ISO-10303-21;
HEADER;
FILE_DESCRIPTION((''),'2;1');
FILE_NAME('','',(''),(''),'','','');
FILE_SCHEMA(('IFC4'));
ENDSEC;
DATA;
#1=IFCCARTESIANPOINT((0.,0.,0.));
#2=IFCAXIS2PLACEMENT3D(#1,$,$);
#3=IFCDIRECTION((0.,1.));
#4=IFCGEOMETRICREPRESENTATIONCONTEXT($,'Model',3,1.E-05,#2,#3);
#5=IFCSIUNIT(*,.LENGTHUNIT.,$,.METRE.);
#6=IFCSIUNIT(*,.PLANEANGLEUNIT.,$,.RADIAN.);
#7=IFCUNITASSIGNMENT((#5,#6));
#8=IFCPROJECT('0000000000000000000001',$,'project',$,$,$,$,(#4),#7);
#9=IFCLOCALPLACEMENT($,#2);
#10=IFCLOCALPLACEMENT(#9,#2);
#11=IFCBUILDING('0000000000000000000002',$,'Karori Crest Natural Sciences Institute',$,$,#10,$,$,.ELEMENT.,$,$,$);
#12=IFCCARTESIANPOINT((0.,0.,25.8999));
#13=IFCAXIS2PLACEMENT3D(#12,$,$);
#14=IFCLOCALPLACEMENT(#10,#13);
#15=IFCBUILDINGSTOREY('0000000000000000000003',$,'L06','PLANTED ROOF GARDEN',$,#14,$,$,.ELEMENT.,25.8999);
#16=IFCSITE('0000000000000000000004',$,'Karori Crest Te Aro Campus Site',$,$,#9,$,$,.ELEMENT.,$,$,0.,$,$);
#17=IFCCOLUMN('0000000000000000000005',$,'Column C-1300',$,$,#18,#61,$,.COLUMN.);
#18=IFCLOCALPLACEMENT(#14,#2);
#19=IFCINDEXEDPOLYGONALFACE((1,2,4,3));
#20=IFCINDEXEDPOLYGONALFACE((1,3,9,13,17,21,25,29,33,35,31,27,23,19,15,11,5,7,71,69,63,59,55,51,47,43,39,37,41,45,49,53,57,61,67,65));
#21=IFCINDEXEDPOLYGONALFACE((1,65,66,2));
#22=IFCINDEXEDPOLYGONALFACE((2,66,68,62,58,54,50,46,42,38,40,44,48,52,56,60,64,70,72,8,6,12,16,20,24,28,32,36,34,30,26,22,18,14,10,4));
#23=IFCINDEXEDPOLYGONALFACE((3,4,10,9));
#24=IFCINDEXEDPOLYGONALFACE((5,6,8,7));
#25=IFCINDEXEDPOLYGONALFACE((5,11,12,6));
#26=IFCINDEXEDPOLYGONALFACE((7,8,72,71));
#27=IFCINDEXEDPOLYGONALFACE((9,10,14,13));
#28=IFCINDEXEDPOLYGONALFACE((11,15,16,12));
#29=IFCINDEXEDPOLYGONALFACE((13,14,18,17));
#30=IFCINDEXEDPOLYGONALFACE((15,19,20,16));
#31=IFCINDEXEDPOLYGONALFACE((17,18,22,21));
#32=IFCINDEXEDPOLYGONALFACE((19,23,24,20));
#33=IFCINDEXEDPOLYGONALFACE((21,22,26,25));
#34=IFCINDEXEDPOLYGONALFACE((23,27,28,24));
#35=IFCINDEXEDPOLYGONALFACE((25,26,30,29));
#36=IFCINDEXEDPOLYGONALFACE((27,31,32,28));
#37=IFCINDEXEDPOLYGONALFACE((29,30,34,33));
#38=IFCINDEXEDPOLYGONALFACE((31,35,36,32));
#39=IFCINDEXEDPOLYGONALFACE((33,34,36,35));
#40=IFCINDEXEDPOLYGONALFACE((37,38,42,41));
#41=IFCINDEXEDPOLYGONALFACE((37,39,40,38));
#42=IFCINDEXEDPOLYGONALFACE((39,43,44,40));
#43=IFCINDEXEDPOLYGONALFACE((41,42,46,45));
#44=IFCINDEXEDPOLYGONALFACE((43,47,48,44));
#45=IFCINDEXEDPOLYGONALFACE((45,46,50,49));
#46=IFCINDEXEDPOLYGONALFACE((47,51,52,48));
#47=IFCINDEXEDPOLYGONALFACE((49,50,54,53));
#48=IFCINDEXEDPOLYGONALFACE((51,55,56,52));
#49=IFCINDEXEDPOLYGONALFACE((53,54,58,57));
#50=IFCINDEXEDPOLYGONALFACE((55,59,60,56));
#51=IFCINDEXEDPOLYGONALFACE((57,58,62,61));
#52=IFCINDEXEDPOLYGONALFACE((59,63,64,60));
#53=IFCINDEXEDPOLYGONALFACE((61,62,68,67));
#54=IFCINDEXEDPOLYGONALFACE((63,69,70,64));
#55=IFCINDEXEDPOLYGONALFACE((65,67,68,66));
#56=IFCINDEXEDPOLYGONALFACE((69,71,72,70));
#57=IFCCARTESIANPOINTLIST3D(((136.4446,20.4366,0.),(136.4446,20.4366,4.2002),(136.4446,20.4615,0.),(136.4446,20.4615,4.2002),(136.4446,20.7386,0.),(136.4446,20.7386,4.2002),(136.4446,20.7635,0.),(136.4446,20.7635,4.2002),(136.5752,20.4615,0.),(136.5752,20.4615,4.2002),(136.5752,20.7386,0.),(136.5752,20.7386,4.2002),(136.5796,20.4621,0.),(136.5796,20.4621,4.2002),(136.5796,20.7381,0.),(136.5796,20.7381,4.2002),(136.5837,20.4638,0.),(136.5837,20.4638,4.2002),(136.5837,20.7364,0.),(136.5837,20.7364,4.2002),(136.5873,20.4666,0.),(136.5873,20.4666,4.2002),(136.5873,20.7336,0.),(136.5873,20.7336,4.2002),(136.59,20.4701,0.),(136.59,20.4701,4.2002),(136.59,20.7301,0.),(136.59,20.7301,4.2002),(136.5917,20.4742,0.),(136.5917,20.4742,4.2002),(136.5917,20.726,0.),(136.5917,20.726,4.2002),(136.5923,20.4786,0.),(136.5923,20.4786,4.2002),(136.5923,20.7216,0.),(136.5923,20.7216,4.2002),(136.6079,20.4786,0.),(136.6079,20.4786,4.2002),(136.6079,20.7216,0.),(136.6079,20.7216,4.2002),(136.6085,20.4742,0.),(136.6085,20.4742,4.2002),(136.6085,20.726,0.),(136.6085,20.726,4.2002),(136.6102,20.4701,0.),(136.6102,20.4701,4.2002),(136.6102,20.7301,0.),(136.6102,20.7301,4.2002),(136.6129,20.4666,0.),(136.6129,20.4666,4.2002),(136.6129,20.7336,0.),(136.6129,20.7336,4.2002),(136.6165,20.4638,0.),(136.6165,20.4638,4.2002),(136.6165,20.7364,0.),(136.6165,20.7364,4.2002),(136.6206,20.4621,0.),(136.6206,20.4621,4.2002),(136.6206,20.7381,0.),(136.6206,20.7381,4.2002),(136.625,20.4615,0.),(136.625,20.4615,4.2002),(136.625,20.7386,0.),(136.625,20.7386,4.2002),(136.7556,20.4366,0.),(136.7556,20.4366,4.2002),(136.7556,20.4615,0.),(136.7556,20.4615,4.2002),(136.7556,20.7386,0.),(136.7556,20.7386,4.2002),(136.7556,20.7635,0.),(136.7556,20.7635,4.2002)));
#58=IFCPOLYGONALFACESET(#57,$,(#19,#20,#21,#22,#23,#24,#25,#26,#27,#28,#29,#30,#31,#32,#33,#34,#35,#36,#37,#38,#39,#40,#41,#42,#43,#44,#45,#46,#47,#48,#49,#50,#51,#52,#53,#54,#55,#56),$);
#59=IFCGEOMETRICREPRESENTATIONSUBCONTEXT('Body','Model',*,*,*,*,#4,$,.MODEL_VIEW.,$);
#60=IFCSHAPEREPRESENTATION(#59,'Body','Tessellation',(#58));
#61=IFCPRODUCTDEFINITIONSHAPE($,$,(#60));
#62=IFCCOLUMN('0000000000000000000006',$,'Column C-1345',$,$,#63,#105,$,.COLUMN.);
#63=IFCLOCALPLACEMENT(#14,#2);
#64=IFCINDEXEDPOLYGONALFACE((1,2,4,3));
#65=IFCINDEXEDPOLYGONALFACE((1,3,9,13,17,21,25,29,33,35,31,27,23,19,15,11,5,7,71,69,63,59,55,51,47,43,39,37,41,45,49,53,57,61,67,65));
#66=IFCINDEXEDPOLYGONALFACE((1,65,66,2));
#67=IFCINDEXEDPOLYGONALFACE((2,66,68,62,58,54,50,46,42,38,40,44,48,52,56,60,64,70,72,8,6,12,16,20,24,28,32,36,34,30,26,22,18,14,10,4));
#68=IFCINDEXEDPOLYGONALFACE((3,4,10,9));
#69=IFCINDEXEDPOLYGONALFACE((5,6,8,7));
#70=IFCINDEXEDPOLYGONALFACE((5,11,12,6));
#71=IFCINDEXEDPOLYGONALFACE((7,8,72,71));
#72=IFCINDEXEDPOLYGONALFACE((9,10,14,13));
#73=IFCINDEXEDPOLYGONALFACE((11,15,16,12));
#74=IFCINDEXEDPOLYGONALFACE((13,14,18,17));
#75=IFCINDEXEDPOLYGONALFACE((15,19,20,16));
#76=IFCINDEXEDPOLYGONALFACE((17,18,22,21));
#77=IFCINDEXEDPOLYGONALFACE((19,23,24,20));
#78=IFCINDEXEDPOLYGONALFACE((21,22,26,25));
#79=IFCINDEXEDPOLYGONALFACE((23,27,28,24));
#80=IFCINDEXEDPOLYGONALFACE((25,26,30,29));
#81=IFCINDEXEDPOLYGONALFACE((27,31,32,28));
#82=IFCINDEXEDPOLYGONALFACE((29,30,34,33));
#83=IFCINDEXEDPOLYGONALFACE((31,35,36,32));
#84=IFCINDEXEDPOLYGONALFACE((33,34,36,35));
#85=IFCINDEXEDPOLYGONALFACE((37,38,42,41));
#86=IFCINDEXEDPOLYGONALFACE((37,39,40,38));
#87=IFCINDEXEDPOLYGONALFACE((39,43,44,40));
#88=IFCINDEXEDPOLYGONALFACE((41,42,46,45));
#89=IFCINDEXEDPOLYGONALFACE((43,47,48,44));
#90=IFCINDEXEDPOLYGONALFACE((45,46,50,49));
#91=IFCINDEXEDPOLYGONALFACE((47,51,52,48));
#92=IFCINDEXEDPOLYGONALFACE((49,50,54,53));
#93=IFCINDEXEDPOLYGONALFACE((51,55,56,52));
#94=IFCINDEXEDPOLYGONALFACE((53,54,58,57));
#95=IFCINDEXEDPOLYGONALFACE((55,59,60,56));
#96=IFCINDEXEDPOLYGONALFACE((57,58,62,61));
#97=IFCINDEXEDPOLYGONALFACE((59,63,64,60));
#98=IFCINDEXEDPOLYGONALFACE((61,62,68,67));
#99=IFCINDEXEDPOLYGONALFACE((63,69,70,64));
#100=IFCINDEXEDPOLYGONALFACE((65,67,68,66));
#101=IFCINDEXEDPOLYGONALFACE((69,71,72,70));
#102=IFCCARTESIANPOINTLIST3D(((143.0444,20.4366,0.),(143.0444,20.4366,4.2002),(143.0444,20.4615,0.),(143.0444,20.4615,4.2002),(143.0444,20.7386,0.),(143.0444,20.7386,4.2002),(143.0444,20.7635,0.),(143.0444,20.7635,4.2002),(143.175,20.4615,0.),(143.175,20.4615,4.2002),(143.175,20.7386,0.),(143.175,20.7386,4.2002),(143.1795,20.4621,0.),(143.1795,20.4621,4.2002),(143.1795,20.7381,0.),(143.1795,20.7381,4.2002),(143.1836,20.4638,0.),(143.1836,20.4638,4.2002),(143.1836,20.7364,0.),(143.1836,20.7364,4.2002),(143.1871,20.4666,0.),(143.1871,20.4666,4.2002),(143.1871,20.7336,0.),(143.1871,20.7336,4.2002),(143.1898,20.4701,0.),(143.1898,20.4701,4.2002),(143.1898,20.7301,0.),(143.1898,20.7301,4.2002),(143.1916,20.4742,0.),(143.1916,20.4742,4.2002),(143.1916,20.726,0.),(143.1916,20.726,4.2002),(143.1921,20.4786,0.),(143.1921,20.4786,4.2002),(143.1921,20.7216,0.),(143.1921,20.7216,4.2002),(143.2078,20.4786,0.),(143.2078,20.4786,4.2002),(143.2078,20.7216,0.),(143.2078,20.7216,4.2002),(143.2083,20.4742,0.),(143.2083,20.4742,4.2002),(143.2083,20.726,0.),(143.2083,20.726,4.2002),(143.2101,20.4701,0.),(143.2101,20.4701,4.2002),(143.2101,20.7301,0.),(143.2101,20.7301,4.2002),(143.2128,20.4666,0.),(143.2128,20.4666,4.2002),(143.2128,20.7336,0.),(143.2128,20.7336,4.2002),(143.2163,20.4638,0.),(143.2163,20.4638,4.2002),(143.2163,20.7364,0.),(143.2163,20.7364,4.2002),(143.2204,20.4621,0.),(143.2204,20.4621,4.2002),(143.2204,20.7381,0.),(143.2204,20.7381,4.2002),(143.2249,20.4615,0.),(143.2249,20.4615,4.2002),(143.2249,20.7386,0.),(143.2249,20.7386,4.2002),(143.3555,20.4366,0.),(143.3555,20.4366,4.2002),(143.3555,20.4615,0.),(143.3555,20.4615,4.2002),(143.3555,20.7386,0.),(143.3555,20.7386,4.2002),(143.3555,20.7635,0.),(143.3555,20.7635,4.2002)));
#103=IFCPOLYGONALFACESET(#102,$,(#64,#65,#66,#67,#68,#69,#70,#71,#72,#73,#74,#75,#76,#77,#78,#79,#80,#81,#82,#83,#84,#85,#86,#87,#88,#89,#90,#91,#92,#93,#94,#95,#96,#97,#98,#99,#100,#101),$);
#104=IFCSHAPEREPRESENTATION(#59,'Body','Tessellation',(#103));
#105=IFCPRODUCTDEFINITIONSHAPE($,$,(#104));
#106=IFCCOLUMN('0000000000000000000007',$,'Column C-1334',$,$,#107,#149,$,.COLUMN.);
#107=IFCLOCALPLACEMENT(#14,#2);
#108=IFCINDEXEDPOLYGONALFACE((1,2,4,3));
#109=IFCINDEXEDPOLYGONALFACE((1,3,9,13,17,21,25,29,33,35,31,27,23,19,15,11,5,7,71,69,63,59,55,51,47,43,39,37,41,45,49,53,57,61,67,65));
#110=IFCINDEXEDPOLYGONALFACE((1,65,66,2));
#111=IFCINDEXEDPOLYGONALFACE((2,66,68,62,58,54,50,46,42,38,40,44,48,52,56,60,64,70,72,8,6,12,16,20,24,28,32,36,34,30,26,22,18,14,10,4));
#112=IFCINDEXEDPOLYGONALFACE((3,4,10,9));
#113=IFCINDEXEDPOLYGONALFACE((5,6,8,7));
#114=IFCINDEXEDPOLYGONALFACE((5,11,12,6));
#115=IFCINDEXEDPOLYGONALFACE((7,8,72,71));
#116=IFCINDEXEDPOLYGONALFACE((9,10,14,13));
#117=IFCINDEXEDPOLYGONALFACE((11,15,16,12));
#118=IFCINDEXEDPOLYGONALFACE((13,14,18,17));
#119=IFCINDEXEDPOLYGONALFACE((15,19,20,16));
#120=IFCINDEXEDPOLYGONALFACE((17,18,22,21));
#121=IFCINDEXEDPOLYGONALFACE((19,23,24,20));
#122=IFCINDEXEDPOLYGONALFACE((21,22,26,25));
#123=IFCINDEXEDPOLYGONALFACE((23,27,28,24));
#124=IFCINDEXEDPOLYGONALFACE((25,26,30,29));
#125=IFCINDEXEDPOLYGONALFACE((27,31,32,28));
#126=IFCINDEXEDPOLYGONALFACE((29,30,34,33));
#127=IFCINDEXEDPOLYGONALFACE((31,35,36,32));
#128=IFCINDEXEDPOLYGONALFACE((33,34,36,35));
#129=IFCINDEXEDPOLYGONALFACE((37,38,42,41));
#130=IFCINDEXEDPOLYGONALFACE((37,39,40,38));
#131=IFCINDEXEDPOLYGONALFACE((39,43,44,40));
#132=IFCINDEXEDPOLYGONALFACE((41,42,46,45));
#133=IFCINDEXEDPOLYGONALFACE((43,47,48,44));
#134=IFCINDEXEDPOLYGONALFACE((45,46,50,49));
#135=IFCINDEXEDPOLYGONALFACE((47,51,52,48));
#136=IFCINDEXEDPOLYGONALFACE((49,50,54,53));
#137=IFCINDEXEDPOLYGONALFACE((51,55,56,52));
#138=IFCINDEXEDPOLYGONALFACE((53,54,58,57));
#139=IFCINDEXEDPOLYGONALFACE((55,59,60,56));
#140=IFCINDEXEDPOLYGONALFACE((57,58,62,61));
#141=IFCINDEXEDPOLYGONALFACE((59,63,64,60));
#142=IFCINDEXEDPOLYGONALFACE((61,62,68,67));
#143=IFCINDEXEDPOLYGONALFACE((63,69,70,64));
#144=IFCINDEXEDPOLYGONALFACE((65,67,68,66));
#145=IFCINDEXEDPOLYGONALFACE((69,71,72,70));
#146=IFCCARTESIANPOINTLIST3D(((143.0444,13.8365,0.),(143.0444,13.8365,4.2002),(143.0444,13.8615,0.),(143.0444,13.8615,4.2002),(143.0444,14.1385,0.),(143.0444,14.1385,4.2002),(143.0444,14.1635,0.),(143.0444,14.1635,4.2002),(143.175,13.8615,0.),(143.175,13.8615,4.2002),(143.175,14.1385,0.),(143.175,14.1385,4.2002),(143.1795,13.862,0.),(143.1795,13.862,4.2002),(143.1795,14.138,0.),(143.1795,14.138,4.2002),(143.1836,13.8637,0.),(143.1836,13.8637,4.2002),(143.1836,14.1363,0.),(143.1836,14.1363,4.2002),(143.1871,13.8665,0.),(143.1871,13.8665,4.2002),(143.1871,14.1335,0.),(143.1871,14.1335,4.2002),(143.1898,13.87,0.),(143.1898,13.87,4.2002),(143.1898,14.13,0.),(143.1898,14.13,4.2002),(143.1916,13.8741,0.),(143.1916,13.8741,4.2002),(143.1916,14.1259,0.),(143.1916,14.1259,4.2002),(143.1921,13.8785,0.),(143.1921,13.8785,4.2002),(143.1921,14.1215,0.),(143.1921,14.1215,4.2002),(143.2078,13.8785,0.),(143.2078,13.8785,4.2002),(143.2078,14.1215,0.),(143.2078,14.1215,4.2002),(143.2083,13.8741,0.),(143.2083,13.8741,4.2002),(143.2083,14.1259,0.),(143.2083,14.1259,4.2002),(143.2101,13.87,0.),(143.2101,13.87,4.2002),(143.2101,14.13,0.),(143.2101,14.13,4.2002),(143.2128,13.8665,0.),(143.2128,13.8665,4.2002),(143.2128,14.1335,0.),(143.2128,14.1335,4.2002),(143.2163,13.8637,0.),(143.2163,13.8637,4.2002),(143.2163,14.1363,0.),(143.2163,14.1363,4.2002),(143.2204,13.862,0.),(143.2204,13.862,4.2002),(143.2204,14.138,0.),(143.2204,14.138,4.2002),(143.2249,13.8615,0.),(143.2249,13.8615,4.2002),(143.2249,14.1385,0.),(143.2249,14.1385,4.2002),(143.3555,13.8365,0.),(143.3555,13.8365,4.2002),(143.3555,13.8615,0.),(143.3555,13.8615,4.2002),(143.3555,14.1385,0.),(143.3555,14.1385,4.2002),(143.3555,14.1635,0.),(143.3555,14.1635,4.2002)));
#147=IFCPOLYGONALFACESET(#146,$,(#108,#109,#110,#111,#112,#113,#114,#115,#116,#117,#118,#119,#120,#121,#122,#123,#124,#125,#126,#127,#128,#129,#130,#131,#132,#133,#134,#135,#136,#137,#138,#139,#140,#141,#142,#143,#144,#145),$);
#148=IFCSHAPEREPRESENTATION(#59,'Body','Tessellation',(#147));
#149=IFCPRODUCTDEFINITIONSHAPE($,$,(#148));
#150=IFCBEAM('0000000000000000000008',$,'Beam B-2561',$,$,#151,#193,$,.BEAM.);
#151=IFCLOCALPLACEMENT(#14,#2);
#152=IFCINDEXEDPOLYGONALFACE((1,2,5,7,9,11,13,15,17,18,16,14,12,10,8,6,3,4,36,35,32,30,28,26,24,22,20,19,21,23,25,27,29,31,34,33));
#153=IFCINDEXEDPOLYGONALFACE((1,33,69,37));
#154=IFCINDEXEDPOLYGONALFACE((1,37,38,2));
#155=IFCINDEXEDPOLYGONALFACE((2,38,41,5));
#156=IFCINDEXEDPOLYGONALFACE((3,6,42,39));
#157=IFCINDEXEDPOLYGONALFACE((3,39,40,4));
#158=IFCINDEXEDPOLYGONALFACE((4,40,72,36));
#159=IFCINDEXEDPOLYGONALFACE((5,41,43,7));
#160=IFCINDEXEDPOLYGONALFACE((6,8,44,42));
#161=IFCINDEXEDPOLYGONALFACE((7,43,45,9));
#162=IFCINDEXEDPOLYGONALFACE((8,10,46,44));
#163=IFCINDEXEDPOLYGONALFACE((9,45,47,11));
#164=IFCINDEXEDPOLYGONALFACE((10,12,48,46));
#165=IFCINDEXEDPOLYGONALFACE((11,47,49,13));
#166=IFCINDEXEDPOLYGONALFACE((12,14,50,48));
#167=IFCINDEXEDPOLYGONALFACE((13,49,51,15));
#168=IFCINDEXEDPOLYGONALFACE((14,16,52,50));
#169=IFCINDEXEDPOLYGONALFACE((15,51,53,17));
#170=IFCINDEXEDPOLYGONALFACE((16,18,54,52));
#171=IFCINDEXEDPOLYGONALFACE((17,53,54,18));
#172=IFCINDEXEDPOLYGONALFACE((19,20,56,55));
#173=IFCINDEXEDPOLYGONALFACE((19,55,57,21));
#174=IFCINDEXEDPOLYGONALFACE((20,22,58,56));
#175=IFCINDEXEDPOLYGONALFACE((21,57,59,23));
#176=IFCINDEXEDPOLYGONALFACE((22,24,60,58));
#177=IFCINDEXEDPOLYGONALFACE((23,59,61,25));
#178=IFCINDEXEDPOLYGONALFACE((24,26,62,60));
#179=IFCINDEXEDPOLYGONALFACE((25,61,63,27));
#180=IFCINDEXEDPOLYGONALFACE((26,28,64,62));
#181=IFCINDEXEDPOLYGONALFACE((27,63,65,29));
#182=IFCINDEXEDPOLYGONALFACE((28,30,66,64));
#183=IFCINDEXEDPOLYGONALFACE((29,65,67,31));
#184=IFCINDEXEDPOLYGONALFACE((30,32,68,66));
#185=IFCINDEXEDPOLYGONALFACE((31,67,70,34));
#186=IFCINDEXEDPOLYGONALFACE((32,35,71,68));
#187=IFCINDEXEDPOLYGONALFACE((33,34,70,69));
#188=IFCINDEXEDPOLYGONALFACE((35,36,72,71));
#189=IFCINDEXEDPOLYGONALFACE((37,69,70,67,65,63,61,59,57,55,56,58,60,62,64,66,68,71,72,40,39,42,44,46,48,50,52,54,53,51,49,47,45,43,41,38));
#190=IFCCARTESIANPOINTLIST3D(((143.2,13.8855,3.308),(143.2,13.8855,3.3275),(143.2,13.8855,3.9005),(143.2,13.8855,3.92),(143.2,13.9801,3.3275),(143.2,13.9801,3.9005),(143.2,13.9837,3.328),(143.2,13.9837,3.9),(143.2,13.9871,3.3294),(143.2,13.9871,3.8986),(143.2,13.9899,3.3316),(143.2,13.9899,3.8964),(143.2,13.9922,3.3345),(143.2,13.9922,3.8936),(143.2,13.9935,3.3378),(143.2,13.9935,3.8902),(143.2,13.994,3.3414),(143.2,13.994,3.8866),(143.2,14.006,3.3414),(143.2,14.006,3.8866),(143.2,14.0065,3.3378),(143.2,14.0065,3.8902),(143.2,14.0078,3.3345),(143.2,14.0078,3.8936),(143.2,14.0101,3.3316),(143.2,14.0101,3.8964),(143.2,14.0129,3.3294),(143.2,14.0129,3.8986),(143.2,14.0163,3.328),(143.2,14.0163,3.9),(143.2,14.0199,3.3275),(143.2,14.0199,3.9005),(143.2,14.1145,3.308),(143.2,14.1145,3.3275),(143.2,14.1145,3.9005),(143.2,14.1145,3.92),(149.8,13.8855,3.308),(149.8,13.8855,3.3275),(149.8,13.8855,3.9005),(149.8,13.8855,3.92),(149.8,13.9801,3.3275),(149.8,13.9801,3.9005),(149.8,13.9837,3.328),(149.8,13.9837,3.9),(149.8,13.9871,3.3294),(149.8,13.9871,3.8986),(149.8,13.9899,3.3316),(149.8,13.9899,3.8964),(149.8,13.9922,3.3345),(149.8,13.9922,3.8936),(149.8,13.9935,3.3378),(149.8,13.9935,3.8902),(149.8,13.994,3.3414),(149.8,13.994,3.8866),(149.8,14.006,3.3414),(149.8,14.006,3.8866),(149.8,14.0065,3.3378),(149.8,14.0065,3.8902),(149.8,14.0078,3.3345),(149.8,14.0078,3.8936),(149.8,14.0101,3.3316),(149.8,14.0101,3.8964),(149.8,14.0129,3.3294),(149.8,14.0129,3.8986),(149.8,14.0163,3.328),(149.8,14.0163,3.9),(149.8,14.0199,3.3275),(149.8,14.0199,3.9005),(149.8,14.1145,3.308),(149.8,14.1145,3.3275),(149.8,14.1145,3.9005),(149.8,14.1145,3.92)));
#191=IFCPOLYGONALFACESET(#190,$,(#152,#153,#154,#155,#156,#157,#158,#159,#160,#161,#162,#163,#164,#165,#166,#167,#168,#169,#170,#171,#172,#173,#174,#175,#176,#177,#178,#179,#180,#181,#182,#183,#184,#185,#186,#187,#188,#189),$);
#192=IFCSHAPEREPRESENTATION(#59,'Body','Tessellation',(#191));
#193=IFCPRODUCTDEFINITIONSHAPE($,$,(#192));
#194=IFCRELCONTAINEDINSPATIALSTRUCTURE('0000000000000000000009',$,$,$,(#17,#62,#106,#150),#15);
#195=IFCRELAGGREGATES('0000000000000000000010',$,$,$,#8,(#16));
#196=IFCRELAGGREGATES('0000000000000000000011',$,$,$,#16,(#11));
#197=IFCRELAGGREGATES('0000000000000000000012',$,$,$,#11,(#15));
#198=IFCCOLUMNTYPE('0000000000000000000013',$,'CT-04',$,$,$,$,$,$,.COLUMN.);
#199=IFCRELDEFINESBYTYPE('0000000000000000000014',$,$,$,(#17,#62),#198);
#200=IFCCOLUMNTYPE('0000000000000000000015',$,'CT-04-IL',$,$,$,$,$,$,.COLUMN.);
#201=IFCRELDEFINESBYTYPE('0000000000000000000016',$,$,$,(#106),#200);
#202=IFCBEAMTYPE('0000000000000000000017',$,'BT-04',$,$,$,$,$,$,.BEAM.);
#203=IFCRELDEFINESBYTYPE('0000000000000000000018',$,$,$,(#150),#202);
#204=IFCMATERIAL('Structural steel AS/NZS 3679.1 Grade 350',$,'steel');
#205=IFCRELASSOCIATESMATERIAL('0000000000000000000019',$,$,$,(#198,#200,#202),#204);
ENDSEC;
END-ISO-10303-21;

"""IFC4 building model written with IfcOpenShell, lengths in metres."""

from ifc_helpers import new_model, si_unit, direction, frame, origin, origin_2d, place, context, subcontext, project, spatial, i_section, extrude, material, material_profile, profile_set, type_object, element, save


model = new_model("IFC4")

# Units and contexts
model_context = context("Model", 3, precision=1e-05, world=origin(), true_north=direction((0.0, 1.0)))
body_context = subcontext(model_context, "Body", "Model", "MODEL_VIEW")
ifc_project = project(units=[si_unit("LENGTHUNIT", "METRE"), si_unit("PLANEANGLEUNIT", "RADIAN")], contexts=[model_context])

# Site, building, storey
site_placement = place(None, origin())
site = spatial("IfcSite", under=ifc_project, at=site_placement, Name="Karori Crest Te Aro Campus Site", CompositionType="ELEMENT", RefElevation=0.0)
building_placement = place(site_placement, origin())
building = spatial("IfcBuilding", under=site, at=building_placement, Name="Karori Crest Natural Sciences Institute", CompositionType="ELEMENT")
storey_placement = place(building_placement, frame((0.0, 0.0, 25.8999)))
storey = spatial("IfcBuildingStorey", under=building, at=storey_placement, Name="L06", Description="PLANTED ROOF GARDEN", CompositionType="ELEMENT", Elevation=25.8999)

# Columns
ifc_material_1 = material(Name="Structural steel AS/NZS 3679.1 Grade 350", Category="steel")
ifc_material_profile_1 = material_profile(ifc_material_1, i_section(OverallWidth=0.311, OverallDepth=0.3269, WebThickness=0.0156, FlangeThickness=0.0249, FilletRadius=0.0171, at=origin_2d()), Name="310UC158")
ifc_profile_set_1 = profile_set([ifc_material_profile_1], Name="Structural steel AS/NZS 3679.1 Grade 350")
column_type_1 = type_object("IfcColumnType", Name="CT-04", PredefinedType="COLUMN", material=ifc_profile_set_1)
for number, where, z_axis, x_axis, name in (
    (1, (136.6001, 20.6001, 0.0), (0.0, 0.0, 1.0), (1.0, 0.0, 0.0), "Column C-1300"),
    (2, (143.2, 20.6001, 0.0), (0.0, 0.0, 1.0), (1.0, 0.0, 0.0), "Column C-1345"),
):
    element("IfcColumn", number, at=place(storey_placement, frame(where, z_axis=z_axis, x_axis=x_axis)), inside=storey, type_object=column_type_1, Name=name, PredefinedType="COLUMN", context=body_context, shape_type="SweptSolid", body=[
        extrude(i_section(OverallWidth=0.311, OverallDepth=0.3269, WebThickness=0.0156, FlangeThickness=0.0249, FilletRadius=0.0171, at=origin_2d()), origin(), (0.0, 0.0, 1.0), 4.2002),
    ])
ifc_material_profile_2 = material_profile(ifc_material_1, i_section(OverallWidth=0.311, OverallDepth=0.3269, WebThickness=0.0156, FlangeThickness=0.0249, FilletRadius=0.0171, at=origin_2d()), Name="310UC158")
ifc_profile_set_2 = profile_set([ifc_material_profile_2], Name="Structural steel AS/NZS 3679.1 Grade 350")
column_type_2 = type_object("IfcColumnType", Name="CT-04-IL", PredefinedType="COLUMN", material=ifc_profile_set_2)
column_placement = place(storey_placement, frame((143.2, 14.0, 0.0), z_axis=(0.0, 0.0, 1.0), x_axis=(1.0, 0.0, 0.0)))
element("IfcColumn", 3, at=column_placement, inside=storey, type_object=column_type_2, Name="Column C-1334", PredefinedType="COLUMN", context=body_context, shape_type="SweptSolid", body=[
    extrude(i_section(OverallWidth=0.311, OverallDepth=0.3269, WebThickness=0.0156, FlangeThickness=0.0249, FilletRadius=0.0171, at=origin_2d()), origin(), (0.0, 0.0, 1.0), 4.2002),
])

# Beam
ifc_material_profile_3 = material_profile(ifc_material_1, i_section(OverallWidth=0.229, OverallDepth=0.6121, WebThickness=0.012, FlangeThickness=0.0195, FilletRadius=0.0139, at=origin_2d()), Name="610UB125")
ifc_profile_set_3 = profile_set([ifc_material_profile_3], Name="Structural steel AS/NZS 3679.1 Grade 350")
beam_type_1 = type_object("IfcBeamType", Name="BT-04", PredefinedType="BEAM", material=ifc_profile_set_3)
beam_1_placement = place(storey_placement, frame((143.2, 14.0, 3.614), z_axis=(1.0, 0.0, 0.0), x_axis=(0.0, 1.0, 0.0)))
element("IfcBeam", 4, at=beam_1_placement, inside=storey, type_object=beam_type_1, Name="Beam B-2561", PredefinedType="BEAM", context=body_context, shape_type="SweptSolid", body=[
    extrude(i_section(OverallWidth=0.229, OverallDepth=0.6121, WebThickness=0.012, FlangeThickness=0.0195, FilletRadius=0.0139, at=origin_2d()), origin(), (0.0, 0.0, 1.0), 6.6001),
])

save(model, "model.ifc")
